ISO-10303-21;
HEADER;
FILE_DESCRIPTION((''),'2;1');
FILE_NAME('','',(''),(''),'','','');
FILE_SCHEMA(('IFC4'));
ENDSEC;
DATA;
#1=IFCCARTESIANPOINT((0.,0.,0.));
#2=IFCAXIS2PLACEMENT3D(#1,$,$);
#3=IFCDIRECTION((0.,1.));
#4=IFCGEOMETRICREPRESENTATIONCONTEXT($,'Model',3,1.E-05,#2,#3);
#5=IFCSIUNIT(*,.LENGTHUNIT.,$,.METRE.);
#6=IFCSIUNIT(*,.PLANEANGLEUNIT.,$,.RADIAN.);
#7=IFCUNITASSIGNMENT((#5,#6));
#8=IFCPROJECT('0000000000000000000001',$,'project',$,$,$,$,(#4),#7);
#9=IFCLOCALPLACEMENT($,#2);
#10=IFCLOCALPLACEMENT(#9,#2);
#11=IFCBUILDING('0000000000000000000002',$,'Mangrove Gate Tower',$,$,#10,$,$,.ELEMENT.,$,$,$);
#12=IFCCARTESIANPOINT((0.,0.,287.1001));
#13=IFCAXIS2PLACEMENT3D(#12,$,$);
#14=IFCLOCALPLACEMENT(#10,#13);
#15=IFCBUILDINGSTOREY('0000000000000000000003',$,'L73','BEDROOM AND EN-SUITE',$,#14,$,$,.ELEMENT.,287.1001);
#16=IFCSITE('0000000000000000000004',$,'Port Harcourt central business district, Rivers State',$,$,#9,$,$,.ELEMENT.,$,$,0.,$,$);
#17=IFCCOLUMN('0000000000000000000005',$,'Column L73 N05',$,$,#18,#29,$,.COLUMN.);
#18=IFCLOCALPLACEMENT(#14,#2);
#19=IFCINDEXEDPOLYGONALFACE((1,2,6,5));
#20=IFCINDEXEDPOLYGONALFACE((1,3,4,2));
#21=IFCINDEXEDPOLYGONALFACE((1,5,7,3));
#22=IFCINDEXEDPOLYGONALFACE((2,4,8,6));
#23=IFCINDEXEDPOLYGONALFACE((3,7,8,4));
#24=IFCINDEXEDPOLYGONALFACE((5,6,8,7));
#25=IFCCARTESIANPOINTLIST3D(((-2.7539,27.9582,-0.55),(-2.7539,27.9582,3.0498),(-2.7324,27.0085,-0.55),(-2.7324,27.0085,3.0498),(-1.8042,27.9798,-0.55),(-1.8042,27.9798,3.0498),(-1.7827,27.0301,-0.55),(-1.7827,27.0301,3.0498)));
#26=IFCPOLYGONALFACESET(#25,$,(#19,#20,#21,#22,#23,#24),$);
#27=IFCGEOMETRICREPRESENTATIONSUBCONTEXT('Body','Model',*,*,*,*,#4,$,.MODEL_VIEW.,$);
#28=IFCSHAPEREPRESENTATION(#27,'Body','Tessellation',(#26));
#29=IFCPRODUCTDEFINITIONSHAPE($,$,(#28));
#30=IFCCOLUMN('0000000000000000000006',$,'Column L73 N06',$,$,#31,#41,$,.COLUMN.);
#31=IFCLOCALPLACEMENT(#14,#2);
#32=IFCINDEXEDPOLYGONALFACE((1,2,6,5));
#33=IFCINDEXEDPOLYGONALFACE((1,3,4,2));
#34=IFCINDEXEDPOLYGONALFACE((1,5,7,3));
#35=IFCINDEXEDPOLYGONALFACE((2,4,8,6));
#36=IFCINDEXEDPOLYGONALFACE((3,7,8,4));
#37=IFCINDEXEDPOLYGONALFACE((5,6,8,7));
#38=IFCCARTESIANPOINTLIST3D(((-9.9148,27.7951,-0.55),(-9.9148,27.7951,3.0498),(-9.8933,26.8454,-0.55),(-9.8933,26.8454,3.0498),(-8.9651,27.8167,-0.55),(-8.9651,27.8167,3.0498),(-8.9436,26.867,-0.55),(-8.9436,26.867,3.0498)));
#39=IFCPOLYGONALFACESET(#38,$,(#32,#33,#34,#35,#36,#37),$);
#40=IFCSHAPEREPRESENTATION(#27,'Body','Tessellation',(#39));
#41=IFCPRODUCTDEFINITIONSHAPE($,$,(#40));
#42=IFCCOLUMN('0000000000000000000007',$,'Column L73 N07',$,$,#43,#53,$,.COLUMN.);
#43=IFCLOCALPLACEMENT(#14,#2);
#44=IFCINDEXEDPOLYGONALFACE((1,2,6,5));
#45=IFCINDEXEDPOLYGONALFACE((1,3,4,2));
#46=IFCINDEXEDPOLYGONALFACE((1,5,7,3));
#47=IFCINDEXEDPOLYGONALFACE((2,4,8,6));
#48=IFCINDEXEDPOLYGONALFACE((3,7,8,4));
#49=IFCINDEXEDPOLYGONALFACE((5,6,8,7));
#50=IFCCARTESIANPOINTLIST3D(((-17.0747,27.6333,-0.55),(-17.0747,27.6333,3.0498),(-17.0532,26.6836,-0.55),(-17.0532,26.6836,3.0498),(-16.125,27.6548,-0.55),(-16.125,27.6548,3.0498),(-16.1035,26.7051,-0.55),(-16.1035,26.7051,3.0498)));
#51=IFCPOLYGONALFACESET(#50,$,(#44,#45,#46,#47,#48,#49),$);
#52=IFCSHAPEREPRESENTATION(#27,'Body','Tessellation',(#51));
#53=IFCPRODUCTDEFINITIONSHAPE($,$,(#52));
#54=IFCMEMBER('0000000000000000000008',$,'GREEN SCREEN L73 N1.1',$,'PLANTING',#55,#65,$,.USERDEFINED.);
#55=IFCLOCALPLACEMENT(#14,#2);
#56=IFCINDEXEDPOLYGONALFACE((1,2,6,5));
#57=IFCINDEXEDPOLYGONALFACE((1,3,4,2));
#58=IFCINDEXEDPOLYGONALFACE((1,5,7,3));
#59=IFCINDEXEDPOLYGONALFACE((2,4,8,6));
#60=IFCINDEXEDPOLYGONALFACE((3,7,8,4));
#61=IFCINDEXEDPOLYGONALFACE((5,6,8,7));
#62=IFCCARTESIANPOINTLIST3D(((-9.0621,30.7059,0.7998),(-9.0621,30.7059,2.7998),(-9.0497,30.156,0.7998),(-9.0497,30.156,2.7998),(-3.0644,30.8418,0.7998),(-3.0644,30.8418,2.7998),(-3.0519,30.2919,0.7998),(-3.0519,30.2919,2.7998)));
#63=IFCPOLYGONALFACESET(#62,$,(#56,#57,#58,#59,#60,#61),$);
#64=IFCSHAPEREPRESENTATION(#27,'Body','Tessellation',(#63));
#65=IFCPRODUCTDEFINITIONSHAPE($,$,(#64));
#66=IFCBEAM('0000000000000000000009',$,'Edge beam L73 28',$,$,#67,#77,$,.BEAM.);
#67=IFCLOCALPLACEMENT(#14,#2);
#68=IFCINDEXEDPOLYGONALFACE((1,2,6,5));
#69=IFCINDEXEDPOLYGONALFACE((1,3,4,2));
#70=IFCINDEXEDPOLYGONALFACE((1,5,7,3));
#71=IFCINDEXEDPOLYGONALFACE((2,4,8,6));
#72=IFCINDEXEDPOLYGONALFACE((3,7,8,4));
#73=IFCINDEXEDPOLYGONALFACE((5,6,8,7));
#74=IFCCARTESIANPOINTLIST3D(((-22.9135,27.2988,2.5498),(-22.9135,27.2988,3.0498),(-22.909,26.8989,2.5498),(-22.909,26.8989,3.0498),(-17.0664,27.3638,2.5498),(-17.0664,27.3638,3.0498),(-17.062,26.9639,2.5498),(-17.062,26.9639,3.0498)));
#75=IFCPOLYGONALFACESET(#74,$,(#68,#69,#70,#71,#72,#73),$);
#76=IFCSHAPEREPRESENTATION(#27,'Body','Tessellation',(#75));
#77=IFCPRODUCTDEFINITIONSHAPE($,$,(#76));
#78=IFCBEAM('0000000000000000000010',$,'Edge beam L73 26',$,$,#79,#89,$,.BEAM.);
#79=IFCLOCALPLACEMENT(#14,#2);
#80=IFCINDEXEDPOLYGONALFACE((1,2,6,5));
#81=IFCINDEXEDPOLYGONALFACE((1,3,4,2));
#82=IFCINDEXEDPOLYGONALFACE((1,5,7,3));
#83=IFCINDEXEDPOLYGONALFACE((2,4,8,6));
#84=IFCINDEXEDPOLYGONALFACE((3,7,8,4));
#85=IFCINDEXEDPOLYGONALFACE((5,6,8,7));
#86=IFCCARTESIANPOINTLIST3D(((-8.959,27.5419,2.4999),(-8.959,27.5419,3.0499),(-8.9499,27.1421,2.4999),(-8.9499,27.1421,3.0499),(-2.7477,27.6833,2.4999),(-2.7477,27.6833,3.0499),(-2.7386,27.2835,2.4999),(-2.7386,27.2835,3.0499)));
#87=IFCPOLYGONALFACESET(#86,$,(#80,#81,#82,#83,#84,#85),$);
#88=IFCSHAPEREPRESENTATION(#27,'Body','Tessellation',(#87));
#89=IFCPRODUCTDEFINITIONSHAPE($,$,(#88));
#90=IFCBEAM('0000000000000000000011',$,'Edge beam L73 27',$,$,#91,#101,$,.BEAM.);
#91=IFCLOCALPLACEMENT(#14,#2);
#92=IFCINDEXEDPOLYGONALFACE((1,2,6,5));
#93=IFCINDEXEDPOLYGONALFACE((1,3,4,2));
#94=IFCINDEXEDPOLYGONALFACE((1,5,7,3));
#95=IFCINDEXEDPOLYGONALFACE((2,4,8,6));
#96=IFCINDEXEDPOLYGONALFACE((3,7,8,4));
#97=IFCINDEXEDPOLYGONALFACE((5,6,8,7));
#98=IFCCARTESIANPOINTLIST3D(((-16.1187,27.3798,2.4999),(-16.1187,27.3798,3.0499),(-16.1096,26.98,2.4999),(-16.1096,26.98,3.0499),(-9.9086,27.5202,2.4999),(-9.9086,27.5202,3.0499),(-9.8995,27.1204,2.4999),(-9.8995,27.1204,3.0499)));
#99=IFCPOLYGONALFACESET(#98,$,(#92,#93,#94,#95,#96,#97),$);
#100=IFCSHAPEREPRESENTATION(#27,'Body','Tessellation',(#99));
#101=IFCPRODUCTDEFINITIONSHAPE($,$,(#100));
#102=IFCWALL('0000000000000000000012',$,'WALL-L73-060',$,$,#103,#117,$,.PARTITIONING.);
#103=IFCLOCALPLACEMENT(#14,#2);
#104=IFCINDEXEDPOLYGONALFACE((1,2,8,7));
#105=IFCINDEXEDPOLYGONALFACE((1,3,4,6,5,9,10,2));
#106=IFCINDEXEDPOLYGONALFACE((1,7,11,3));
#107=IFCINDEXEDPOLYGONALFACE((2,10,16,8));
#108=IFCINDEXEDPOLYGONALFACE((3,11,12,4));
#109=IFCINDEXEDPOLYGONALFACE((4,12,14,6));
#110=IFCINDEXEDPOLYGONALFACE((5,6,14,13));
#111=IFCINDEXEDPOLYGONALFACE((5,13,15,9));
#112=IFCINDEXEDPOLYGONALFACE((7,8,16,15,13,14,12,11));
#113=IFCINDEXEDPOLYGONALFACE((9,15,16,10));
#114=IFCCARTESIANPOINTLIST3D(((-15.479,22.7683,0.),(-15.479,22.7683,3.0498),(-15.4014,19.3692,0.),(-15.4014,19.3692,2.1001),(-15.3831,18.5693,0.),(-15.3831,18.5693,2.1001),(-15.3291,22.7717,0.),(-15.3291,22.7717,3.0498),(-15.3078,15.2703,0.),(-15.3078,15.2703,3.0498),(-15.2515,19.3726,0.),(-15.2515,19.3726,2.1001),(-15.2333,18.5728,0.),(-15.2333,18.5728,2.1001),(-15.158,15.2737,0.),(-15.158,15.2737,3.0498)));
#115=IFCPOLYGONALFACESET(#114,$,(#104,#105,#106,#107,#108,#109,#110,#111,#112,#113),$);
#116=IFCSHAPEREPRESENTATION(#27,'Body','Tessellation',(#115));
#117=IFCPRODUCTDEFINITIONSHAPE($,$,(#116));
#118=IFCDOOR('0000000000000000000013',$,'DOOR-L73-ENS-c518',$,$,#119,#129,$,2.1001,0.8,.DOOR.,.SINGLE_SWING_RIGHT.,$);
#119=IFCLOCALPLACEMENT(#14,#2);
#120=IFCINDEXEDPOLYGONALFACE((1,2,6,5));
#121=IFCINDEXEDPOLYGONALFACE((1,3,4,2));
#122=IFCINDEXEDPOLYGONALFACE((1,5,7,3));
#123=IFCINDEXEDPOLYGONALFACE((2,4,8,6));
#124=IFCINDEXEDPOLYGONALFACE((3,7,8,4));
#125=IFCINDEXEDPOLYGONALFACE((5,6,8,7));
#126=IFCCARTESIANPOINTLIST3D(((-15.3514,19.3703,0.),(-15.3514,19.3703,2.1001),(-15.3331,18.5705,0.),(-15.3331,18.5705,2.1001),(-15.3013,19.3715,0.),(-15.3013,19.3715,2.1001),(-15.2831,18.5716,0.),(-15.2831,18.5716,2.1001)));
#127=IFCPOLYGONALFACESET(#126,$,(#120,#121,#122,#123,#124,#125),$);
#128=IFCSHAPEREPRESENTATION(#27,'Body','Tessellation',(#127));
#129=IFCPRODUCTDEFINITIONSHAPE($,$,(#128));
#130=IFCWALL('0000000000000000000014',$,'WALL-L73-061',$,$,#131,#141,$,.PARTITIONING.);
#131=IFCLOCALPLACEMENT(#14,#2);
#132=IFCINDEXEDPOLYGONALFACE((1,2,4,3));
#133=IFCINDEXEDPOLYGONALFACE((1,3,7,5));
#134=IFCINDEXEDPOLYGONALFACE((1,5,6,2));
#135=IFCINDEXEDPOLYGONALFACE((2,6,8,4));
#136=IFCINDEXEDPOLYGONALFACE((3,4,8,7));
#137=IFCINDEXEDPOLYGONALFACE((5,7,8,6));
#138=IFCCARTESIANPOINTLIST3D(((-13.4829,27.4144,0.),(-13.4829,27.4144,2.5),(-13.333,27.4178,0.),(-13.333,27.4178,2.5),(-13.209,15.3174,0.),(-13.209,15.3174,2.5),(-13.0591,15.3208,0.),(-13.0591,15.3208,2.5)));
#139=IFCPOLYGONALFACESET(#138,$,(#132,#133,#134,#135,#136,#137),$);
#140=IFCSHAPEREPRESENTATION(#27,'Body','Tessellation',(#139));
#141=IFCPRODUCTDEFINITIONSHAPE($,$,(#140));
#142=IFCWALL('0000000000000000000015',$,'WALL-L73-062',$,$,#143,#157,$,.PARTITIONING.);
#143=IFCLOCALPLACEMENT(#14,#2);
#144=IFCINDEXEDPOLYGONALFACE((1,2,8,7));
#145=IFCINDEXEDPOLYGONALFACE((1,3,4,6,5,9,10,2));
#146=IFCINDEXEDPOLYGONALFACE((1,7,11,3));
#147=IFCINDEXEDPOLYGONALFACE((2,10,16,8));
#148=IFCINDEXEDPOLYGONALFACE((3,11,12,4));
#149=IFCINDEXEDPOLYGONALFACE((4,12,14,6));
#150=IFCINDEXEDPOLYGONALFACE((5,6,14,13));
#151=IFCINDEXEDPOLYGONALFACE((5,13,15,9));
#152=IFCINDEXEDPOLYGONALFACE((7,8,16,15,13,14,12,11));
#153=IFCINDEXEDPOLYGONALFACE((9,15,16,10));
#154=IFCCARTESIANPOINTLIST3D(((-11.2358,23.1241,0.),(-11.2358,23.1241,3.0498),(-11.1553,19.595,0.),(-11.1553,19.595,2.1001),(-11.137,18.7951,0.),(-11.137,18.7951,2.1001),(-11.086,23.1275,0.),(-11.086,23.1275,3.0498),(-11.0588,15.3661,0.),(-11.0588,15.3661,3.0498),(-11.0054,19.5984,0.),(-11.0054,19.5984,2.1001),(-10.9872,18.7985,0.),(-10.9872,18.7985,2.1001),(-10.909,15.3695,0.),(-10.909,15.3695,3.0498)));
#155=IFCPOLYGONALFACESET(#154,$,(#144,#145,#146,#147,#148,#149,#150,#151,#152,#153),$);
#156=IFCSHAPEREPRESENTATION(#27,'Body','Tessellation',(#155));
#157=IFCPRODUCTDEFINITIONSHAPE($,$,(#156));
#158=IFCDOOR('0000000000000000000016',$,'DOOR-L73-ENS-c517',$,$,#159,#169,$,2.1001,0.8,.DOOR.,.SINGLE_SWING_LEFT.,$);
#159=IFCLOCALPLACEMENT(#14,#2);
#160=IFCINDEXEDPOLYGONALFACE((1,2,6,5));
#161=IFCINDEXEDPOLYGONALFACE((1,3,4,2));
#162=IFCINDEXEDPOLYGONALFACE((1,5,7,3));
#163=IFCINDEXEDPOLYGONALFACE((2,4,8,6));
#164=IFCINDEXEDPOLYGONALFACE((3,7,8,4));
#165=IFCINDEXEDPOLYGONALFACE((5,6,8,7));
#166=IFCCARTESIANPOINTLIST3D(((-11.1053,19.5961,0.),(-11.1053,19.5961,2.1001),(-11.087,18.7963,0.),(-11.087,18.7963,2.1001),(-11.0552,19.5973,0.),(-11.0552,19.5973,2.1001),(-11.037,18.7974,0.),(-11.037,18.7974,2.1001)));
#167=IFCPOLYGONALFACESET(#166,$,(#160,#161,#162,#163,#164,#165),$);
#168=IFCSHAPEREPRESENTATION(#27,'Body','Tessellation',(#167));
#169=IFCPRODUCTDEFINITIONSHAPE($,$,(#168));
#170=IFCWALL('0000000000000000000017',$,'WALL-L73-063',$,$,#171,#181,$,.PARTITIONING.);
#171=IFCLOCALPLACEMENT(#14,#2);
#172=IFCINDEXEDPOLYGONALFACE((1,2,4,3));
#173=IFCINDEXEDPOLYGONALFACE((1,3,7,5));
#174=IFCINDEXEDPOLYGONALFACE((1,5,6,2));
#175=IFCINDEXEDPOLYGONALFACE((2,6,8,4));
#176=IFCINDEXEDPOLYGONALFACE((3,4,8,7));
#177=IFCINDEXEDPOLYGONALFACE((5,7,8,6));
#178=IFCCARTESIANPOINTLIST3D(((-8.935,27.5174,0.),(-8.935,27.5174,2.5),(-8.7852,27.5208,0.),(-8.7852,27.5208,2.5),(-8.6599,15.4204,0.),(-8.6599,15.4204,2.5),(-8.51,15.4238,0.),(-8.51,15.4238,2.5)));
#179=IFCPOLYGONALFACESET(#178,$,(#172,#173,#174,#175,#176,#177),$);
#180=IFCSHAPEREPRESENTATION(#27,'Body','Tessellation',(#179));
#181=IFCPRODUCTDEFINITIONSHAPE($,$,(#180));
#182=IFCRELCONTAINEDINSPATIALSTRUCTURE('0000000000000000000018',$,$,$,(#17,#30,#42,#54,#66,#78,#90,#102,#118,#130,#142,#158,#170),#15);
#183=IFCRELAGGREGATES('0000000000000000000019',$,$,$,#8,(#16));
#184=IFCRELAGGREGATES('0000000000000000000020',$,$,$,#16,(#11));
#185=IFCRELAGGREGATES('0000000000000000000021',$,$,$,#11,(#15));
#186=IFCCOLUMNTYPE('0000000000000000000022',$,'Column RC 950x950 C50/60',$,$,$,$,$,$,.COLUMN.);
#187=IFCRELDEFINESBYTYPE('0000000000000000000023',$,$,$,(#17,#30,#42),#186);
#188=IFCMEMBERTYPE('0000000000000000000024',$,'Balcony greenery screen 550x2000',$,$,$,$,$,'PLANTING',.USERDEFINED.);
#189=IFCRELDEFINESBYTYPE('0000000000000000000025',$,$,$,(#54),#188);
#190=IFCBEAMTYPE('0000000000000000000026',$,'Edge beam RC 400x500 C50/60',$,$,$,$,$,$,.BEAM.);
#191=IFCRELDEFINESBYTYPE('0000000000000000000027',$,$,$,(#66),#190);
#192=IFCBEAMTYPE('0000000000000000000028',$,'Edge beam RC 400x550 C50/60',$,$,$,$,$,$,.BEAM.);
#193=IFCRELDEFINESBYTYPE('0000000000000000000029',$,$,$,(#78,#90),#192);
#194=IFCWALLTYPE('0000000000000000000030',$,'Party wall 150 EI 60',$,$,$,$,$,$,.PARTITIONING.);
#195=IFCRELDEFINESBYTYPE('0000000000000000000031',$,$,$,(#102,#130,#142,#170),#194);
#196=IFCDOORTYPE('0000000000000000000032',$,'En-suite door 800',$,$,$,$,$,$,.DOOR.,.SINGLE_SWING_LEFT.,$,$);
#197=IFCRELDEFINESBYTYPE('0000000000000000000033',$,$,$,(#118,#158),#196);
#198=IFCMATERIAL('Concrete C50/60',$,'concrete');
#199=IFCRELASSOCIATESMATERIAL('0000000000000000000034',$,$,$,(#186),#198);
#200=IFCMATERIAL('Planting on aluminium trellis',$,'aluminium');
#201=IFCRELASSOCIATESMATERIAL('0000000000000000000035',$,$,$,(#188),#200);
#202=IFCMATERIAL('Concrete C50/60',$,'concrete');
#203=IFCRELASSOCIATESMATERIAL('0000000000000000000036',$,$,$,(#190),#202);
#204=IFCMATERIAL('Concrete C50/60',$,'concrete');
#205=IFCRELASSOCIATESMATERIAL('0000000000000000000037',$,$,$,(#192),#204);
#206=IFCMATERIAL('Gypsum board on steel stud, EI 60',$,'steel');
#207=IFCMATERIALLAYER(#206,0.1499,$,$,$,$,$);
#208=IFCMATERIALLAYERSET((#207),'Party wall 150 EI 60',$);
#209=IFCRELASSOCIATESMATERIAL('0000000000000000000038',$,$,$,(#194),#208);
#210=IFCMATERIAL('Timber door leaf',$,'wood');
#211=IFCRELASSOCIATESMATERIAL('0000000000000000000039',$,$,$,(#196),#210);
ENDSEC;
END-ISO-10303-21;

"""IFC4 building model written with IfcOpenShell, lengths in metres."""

from ifc_helpers import new_model, si_unit, direction, frame, frame_2d, origin, origin_2d, place, context, subcontext, project, spatial, rectangle, extrude, material, layer, layer_set, material_profile, profile_set, type_object, element, fill, save


model = new_model("IFC4")

# Units and contexts
model_context = context("Model", 3, precision=1e-05, world=origin(), true_north=direction((0.0, 1.0)))
body_context = subcontext(model_context, "Body", "Model", "MODEL_VIEW")
ifc_project = project(units=[si_unit("LENGTHUNIT", "METRE"), si_unit("PLANEANGLEUNIT", "RADIAN")], contexts=[model_context])

# Site, building, storey
site_placement = place(None, origin())
site = spatial("IfcSite", under=ifc_project, at=site_placement, Name="Port Harcourt central business district, Rivers State", CompositionType="ELEMENT", RefElevation=0.0)
building_placement = place(site_placement, origin())
building = spatial("IfcBuilding", under=site, at=building_placement, Name="Mangrove Gate Tower", CompositionType="ELEMENT")
storey_placement = place(building_placement, frame((0.0, 0.0, 287.1001)))
storey = spatial("IfcBuildingStorey", under=building, at=storey_placement, Name="L73", Description="BEDROOM AND EN-SUITE", CompositionType="ELEMENT", Elevation=287.1001)

# Columns
ifc_material_1 = material(Name="Concrete C50/60", Category="concrete")
ifc_material_profile_1 = material_profile(ifc_material_1, rectangle(XDim=0.95, YDim=0.95, at=origin_2d()))
ifc_profile_set_1 = profile_set([ifc_material_profile_1], Name="Concrete C50/60")
column_type = type_object("IfcColumnType", Name="Column RC 950x950 C50/60", PredefinedType="COLUMN", material=ifc_profile_set_1)
for number, where, z_axis, x_axis, name in (
    (1, (-2.2683, 27.4941, -0.55), (0.0, 0.0, 1.0), (-0.999743, -0.022688, 0.0), "Column L73 N05"),
    (2, (-9.4292, 27.3311, -0.55), (0.0, 0.0, 1.0), (-0.999743, -0.022688, 0.0), "Column L73 N06"),
    (3, (-16.5891, 27.1692, -0.55), (0.0, 0.0, 1.0), (-0.999743, -0.022688, 0.0), "Column L73 N07"),
):
    element("IfcColumn", number, at=place(storey_placement, frame(where, z_axis=z_axis, x_axis=x_axis)), inside=storey, type_object=column_type, Name=name, PredefinedType="COLUMN", context=body_context, shape_type="SweptSolid", body=[
        extrude(rectangle(XDim=0.95, YDim=0.95, at=origin_2d()), origin(), (0.0, 0.0, 1.0), 3.5999),
    ])

# Member
ifc_material_2 = material(Name="Planting on aluminium trellis", Category="aluminium")
ifc_material_profile_2 = material_profile(ifc_material_2, rectangle(XDim=0.55, YDim=2.0, at=origin_2d()))
ifc_profile_set_2 = profile_set([ifc_material_profile_2], Name="Planting on aluminium trellis")
member_type = type_object("IfcMemberType", Name="Balcony greenery screen 550x2000", ElementType="PLANTING", PredefinedType="USERDEFINED", material=ifc_profile_set_2)
member_placement = place(storey_placement, frame((-9.0559, 30.4309, 1.7998), z_axis=(0.999743, 0.022667, 0.0), x_axis=(-0.022667, 0.999743, 0.0)))
element("IfcMember", 4, at=member_placement, inside=storey, type_object=member_type, Name="GREEN SCREEN L73 N1.1", ObjectType="PLANTING", PredefinedType="USERDEFINED", context=body_context, shape_type="SweptSolid", body=[
    extrude(rectangle(XDim=0.55, YDim=2.0, at=origin_2d()), origin(), (0.0, 0.0, 1.0), 5.9993),
])

# Beams
ifc_material_3 = material(Name="Concrete C50/60", Category="concrete")
ifc_material_profile_3 = material_profile(ifc_material_3, rectangle(XDim=0.3999, YDim=0.5, at=origin_2d()))
ifc_profile_set_3 = profile_set([ifc_material_profile_3], Name="Concrete C50/60")
beam_type_1 = type_object("IfcBeamType", Name="Edge beam RC 400x500 C50/60", PredefinedType="BEAM", material=ifc_profile_set_3)
beam_1_placement = place(storey_placement, frame((-17.0642, 27.1638, 2.7998), z_axis=(-0.999938, -0.011106, 0.0), x_axis=(0.011106, -0.999938, 0.0)))
element("IfcBeam", 5, at=beam_1_placement, inside=storey, type_object=beam_type_1, Name="Edge beam L73 28", PredefinedType="BEAM", context=body_context, shape_type="SweptSolid", body=[
    extrude(rectangle(XDim=0.3999, YDim=0.5, at=origin_2d()), origin(), (0.0, 0.0, 1.0), 5.8474),
])
ifc_material_4 = material(Name="Concrete C50/60", Category="concrete")
ifc_material_profile_4 = material_profile(ifc_material_4, rectangle(XDim=0.3999, YDim=0.55, at=origin_2d()))
ifc_profile_set_4 = profile_set([ifc_material_profile_4], Name="Concrete C50/60")
beam_type_2 = type_object("IfcBeamType", Name="Edge beam RC 400x550 C50/60", PredefinedType="BEAM", material=ifc_profile_set_4)
beam_2_placement = place(storey_placement, frame((-2.7432, 27.4834, 2.7749), z_axis=(-0.999741, -0.022753, 0.0), x_axis=(0.022753, -0.999741, 0.0)))
element("IfcBeam", 6, at=beam_2_placement, inside=storey, type_object=beam_type_2, Name="Edge beam L73 26", PredefinedType="BEAM", context=body_context, shape_type="SweptSolid", body=[
    extrude(rectangle(XDim=0.3999, YDim=0.55, at=origin_2d()), origin(), (0.0, 0.0, 1.0), 6.2129),
])
beam_3_placement = place(storey_placement, frame((-9.9041, 27.3203, 2.7749), z_axis=(-0.999745, -0.022599, 0.0), x_axis=(0.022599, -0.999745, 0.0)))
element("IfcBeam", 7, at=beam_3_placement, inside=storey, type_object=beam_type_2, Name="Edge beam L73 27", PredefinedType="BEAM", context=body_context, shape_type="SweptSolid", body=[
    extrude(rectangle(XDim=0.3999, YDim=0.55, at=origin_2d()), origin(), (0.0, 0.0, 1.0), 6.2117),
])

# Wall, opening, door
ifc_material_5 = material(Name="Gypsum board on steel stud, EI 60", Category="steel")
ifc_layer_1 = layer(ifc_material_5, 0.1499)
ifc_layer_set_1 = layer_set([ifc_layer_1], Name="Party wall 150 EI 60")
wall_type_1 = type_object("IfcWallType", Name="Party wall 150 EI 60", PredefinedType="PARTITIONING", material=ifc_layer_set_1)
wall_1_placement = place(storey_placement, frame((-15.2329, 15.272, 0.0), z_axis=(0.0, 0.0, 1.0), x_axis=(-0.022819, 0.99974, 0.0)))
wall_1 = element("IfcWall", 8, at=wall_1_placement, inside=storey, type_object=wall_type_1, Name="WALL-L73-060", PredefinedType="PARTITIONING", context=body_context, shape_type="SweptSolid", body=[
    extrude(rectangle(XDim=7.5, YDim=0.1499, at=frame_2d((3.75, 0.0))), origin(), (0.0, 0.0, 1.0), 3.0498),
])
opening_1_placement = place(wall_1_placement, frame((3.3, 0.0, 0.0)))
opening_1 = element("IfcOpeningElement", 9, at=opening_1_placement, cuts=wall_1, PredefinedType="OPENING", context=body_context, shape_type="SweptSolid", body=[
    extrude(rectangle(XDim=0.8, YDim=2.1001, at=frame_2d((0.3999, 1.05))), frame((0.0, 0.085, 0.0), z_axis=(0.0, -1.0, 0.0), x_axis=(1.0, 0.0, 0.0)), (0.0, 0.0, 1.0), 0.1699),
])
ifc_material_6 = material(Name="Timber door leaf", Category="wood")
door_type = type_object("IfcDoorType", Name="En-suite door 800", OperationType="SINGLE_SWING_LEFT", PredefinedType="DOOR", material=ifc_material_6)
door_1_placement = place(opening_1_placement, origin())
door_1 = element("IfcDoor", 10, at=door_1_placement, inside=storey, type_object=door_type, Name="DOOR-L73-ENS-c518", OperationType="SINGLE_SWING_RIGHT", OverallHeight=2.1001, OverallWidth=0.8, PredefinedType="DOOR", context=body_context, shape_type="SweptSolid", body=[
    extrude(rectangle(XDim=0.8, YDim=2.1001, at=frame_2d((0.3999, 1.05))), frame((0.0, 0.0249, 0.0), z_axis=(0.0, -1.0, 0.0), x_axis=(1.0, 0.0, 0.0)), (0.0, 0.0, 1.0), 0.05),
])
fill(opening_1, door_1)

# Wall
wall_2_placement = place(storey_placement, frame((-13.134, 15.3191, 0.0), z_axis=(0.0, 0.0, 1.0), x_axis=(-0.022638, 0.999744, 0.0)))
element("IfcWall", 11, at=wall_2_placement, inside=storey, type_object=wall_type_1, Name="WALL-L73-061", PredefinedType="PARTITIONING", context=body_context, shape_type="SweptSolid", body=[
    extrude(rectangle(XDim=12.1001, YDim=0.1499, at=frame_2d((6.05, 0.0))), origin(), (0.0, 0.0, 1.0), 2.5),
])

# Wall, opening, door
wall_3_placement = place(storey_placement, frame((-10.9839, 15.3679, 0.0), z_axis=(0.0, 0.0, 1.0), x_axis=(-0.022809, 0.99974, 0.0)))
wall_3 = element("IfcWall", 12, at=wall_3_placement, inside=storey, type_object=wall_type_1, Name="WALL-L73-062", PredefinedType="PARTITIONING", context=body_context, shape_type="SweptSolid", body=[
    extrude(rectangle(XDim=7.76, YDim=0.1499, at=frame_2d((3.8799, 0.0))), origin(), (0.0, 0.0, 1.0), 3.0498),
])
opening_2_placement = place(wall_3_placement, frame((3.4299, 0.0, 0.0)))
opening_2 = element("IfcOpeningElement", 13, at=opening_2_placement, cuts=wall_3, PredefinedType="OPENING", context=body_context, shape_type="SweptSolid", body=[
    extrude(rectangle(XDim=0.8, YDim=2.1001, at=frame_2d((0.3999, 1.05))), frame((0.0, 0.085, 0.0), z_axis=(0.0, -1.0, 0.0), x_axis=(1.0, 0.0, 0.0)), (0.0, 0.0, 1.0), 0.1699),
])
door_2_placement = place(opening_2_placement, origin())
door_2 = element("IfcDoor", 14, at=door_2_placement, inside=storey, type_object=door_type, Name="DOOR-L73-ENS-c517", OperationType="SINGLE_SWING_LEFT", OverallHeight=2.1001, OverallWidth=0.8, PredefinedType="DOOR", context=body_context, shape_type="SweptSolid", body=[
    extrude(rectangle(XDim=0.8, YDim=2.1001, at=frame_2d((0.3999, 1.05))), frame((0.0, 0.0249, 0.0), z_axis=(0.0, -1.0, 0.0), x_axis=(1.0, 0.0, 0.0)), (0.0, 0.0, 1.0), 0.05),
])
fill(opening_2, door_2)

# Wall
wall_4_placement = place(storey_placement, frame((-8.585, 15.4221, 0.0), z_axis=(0.0, 0.0, 1.0), x_axis=(-0.022739, 0.999741, 0.0)))
element("IfcWall", 15, at=wall_4_placement, inside=storey, type_object=wall_type_1, Name="WALL-L73-063", PredefinedType="PARTITIONING", context=body_context, shape_type="SweptSolid", body=[
    extrude(rectangle(XDim=12.1001, YDim=0.1499, at=frame_2d((6.05, 0.0))), origin(), (0.0, 0.0, 1.0), 2.5),
])

save(model, "model.ifc")
